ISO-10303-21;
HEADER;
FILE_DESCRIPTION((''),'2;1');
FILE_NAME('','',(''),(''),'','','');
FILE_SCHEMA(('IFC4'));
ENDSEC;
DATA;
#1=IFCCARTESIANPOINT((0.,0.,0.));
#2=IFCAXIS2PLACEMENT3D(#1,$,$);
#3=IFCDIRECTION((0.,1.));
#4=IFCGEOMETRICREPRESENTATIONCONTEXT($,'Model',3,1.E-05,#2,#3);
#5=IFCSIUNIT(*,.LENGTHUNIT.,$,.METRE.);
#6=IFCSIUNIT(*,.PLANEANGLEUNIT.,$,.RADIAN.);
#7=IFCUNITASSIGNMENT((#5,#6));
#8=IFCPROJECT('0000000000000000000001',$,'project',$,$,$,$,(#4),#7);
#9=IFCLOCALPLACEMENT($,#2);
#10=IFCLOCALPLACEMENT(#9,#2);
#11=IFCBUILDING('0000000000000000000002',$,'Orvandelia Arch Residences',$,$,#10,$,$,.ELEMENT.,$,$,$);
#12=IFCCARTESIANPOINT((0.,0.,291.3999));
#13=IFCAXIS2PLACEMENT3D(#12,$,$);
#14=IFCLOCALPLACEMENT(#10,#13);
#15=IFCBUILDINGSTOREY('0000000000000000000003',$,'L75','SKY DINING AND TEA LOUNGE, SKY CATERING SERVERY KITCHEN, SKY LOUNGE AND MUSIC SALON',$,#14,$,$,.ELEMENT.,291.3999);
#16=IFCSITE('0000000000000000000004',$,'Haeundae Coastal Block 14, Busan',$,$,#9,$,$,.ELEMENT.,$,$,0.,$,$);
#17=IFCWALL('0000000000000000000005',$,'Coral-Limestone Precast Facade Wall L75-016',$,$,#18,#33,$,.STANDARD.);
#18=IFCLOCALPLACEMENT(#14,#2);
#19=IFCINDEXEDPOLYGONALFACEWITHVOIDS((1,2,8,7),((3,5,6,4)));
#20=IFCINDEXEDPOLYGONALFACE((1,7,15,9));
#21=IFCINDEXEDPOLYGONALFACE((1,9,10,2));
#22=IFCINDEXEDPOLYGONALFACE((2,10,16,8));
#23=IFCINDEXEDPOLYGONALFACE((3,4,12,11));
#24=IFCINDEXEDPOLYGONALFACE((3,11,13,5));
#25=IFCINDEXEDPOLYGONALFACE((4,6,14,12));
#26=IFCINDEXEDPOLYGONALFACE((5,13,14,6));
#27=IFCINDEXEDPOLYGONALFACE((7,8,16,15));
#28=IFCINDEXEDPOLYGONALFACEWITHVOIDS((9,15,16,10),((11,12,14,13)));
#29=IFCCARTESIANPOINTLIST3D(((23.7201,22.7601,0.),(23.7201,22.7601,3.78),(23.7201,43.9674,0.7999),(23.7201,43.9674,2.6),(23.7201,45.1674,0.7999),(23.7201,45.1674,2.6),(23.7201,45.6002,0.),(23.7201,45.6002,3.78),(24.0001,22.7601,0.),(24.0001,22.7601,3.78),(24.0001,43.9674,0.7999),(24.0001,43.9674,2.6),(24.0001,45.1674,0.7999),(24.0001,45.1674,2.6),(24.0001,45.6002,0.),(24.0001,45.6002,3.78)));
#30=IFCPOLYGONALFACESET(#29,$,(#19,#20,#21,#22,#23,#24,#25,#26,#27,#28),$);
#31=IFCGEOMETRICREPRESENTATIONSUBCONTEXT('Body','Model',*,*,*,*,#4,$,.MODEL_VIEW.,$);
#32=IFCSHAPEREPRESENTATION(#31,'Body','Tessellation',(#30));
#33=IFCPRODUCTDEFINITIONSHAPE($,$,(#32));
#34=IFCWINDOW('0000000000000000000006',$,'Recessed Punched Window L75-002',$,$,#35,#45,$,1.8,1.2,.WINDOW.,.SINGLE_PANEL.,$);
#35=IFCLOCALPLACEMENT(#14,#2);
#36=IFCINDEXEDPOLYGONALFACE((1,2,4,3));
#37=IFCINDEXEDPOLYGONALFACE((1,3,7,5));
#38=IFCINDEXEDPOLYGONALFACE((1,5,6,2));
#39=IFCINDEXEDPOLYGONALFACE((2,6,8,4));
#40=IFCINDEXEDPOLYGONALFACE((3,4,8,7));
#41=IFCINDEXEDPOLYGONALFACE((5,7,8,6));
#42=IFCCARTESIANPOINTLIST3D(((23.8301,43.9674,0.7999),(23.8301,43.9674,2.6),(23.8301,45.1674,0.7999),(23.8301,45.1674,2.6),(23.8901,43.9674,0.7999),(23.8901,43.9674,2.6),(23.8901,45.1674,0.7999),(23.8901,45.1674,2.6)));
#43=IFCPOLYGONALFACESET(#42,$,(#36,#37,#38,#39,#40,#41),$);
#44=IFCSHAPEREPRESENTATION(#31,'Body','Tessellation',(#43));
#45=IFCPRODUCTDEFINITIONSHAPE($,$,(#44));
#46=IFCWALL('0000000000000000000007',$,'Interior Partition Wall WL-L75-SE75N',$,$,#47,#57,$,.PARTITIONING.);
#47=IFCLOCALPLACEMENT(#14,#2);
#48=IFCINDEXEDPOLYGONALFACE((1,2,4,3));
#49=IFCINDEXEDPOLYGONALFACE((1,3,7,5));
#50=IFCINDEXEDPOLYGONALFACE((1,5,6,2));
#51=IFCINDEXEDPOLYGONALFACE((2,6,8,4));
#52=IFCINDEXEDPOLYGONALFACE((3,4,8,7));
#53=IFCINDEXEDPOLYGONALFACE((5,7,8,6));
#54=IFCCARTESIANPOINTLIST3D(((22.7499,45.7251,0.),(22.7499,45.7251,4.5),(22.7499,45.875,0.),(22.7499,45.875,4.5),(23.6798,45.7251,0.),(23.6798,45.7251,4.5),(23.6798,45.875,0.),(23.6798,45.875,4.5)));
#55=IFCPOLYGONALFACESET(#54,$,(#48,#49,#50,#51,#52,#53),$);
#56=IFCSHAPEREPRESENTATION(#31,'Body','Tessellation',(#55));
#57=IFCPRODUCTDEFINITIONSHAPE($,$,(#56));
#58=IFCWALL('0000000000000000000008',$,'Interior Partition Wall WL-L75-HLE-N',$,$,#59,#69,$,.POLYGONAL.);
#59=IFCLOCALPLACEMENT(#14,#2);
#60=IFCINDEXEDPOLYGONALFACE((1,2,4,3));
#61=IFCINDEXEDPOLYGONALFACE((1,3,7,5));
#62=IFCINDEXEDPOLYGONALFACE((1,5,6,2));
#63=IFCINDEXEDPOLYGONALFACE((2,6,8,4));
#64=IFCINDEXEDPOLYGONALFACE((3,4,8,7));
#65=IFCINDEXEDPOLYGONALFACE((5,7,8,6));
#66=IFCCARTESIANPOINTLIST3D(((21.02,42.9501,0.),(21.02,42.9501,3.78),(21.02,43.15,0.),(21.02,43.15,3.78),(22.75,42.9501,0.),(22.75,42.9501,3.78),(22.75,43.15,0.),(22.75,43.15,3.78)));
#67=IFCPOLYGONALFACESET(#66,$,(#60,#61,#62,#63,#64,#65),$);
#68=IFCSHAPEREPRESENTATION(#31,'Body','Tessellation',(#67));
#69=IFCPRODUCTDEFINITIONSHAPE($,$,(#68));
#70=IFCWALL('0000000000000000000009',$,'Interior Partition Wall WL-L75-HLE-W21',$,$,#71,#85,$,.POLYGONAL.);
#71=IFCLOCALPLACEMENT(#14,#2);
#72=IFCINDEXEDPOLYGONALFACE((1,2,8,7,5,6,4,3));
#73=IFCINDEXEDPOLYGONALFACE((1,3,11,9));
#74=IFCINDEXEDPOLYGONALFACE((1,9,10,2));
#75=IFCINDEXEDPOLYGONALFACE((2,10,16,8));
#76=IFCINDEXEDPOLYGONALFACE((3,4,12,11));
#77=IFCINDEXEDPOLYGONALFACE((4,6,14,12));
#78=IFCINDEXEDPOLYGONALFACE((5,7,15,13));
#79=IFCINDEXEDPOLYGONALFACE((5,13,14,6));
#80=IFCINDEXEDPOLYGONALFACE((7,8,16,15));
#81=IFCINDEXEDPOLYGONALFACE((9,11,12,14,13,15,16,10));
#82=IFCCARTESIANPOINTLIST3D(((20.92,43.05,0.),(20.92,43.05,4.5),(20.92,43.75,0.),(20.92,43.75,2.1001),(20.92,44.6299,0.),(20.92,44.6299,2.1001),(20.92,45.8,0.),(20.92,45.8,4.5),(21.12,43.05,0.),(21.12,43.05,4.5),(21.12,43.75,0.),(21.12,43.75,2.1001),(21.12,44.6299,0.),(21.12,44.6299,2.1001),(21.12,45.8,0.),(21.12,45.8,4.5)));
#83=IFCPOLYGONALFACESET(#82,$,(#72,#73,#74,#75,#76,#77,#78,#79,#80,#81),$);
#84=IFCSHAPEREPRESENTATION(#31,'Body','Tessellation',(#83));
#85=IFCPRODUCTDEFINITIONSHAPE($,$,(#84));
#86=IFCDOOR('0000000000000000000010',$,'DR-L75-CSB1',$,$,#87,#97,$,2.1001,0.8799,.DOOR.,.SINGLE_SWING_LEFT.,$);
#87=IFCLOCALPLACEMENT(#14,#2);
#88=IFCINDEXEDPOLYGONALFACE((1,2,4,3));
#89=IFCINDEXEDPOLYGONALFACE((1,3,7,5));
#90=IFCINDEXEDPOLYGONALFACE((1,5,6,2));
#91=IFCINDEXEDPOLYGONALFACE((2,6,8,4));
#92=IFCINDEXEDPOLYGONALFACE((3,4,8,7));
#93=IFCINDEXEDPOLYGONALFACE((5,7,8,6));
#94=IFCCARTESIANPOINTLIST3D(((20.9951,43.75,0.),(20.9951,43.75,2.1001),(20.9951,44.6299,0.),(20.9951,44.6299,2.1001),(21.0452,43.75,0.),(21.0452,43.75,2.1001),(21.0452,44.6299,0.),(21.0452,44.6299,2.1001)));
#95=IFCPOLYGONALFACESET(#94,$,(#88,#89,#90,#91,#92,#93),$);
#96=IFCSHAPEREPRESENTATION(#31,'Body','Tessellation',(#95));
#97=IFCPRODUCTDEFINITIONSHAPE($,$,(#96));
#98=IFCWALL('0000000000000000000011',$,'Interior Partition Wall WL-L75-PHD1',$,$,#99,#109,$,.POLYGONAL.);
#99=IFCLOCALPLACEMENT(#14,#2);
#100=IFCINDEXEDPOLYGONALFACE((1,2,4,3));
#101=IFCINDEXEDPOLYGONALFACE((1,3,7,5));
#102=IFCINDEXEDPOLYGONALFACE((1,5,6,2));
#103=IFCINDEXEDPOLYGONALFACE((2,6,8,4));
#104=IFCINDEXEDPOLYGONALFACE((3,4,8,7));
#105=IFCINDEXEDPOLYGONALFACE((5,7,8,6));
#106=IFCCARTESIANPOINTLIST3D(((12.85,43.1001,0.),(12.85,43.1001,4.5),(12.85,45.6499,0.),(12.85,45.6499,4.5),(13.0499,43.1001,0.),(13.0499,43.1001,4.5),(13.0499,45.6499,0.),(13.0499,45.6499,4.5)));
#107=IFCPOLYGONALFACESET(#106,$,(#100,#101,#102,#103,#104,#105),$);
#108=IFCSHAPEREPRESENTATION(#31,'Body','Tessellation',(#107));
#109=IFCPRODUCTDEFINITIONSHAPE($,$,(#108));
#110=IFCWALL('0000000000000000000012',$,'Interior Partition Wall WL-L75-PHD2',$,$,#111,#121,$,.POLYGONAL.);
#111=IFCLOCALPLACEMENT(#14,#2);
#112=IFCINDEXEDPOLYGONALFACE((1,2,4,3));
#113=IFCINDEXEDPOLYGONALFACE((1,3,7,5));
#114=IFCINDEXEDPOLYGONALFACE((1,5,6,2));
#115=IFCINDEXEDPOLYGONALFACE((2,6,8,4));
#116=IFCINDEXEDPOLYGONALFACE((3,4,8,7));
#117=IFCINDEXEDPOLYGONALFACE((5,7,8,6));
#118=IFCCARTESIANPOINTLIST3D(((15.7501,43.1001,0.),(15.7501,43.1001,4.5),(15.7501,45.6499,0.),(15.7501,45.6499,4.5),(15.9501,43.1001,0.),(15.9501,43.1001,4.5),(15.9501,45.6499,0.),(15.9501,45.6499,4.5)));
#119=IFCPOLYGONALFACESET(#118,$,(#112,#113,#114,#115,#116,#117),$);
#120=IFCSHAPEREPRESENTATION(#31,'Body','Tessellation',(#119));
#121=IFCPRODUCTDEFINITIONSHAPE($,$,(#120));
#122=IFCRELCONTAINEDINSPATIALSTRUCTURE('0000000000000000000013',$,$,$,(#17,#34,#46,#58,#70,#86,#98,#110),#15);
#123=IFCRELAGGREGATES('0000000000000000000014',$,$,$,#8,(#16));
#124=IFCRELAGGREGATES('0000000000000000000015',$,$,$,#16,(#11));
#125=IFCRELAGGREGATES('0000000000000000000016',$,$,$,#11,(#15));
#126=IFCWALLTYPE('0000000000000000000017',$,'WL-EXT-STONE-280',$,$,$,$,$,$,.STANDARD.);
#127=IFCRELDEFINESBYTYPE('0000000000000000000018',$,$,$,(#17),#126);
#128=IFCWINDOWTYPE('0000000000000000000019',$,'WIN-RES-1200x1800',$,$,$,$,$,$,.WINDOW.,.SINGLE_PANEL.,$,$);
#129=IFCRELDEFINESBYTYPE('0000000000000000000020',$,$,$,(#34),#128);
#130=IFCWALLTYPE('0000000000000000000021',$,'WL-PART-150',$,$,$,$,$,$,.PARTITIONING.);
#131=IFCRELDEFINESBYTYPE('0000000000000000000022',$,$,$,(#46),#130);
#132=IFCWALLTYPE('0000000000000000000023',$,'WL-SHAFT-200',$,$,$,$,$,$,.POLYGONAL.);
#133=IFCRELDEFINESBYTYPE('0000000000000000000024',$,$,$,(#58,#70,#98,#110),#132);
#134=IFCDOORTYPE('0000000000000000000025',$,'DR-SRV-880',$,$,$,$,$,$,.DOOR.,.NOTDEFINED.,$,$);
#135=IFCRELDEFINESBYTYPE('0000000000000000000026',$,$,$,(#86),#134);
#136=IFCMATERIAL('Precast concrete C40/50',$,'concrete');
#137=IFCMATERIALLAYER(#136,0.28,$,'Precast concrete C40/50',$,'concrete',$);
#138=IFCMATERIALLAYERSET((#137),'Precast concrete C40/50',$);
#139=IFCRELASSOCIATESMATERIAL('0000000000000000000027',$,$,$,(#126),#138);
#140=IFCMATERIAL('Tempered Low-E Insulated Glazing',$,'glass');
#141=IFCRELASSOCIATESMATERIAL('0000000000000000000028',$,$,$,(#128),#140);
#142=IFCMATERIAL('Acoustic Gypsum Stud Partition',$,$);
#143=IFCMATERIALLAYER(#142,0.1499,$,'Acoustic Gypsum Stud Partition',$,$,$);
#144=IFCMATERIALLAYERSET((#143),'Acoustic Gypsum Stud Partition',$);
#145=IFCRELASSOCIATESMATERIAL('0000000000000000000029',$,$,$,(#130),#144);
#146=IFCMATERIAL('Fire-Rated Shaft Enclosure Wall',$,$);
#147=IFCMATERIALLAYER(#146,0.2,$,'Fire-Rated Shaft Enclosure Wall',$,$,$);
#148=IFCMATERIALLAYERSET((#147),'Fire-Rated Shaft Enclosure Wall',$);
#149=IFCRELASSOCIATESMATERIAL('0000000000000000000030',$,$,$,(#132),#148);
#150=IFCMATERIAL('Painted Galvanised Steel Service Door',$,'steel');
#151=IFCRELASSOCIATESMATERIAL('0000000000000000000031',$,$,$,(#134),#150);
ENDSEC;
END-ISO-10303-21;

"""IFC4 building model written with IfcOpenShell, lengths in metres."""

from ifc_helpers import new_model, si_unit, direction, frame, frame_2d, origin, place, context, subcontext, project, spatial, rectangle, extrude, material, layer, layer_set, type_object, element, fill, save


model = new_model("IFC4")

# Units and contexts
model_context = context("Model", 3, precision=1e-05, world=origin(), true_north=direction((0.0, 1.0)))
body_context = subcontext(model_context, "Body", "Model", "MODEL_VIEW")
ifc_project = project(units=[si_unit("LENGTHUNIT", "METRE"), si_unit("PLANEANGLEUNIT", "RADIAN")], contexts=[model_context])

# Site, building, storey
site_placement = place(None, origin())
site = spatial("IfcSite", under=ifc_project, at=site_placement, Name="Haeundae Coastal Block 14, Busan", CompositionType="ELEMENT", RefElevation=0.0)
building_placement = place(site_placement, origin())
building = spatial("IfcBuilding", under=site, at=building_placement, Name="Orvandelia Arch Residences", CompositionType="ELEMENT")
storey_placement = place(building_placement, frame((0.0, 0.0, 291.3999)))
storey = spatial("IfcBuildingStorey", under=building, at=storey_placement, Name="L75", Description="SKY DINING AND TEA LOUNGE, SKY CATERING SERVERY KITCHEN, SKY LOUNGE AND MUSIC SALON", CompositionType="ELEMENT", Elevation=291.3999)

# Shared definitions
ifc_material_1 = material(Name="Precast concrete C40/50", Category="concrete")
ifc_layer_1 = layer(ifc_material_1, 0.28, Name="Precast concrete C40/50", Category="concrete")
ifc_layer_set_1 = layer_set([ifc_layer_1], Name="Precast concrete C40/50")
wall_type_1 = type_object("IfcWallType", Name="WL-EXT-STONE-280", PredefinedType="STANDARD", material=ifc_layer_set_1)

# Wall, opening, window
wall_1_placement = place(storey_placement, frame((23.8601, 45.6001, 0.0), z_axis=(0.0, 0.0, 1.0), x_axis=(0.0, -1.0, 0.0)))
wall_1 = element("IfcWall", 1, at=wall_1_placement, inside=storey, type_object=wall_type_1, Name="Coral-Limestone Precast Facade Wall L75-016", PredefinedType="STANDARD", context=body_context, shape_type="SweptSolid", body=[
    extrude(rectangle(XDim=22.8401, YDim=0.28, at=frame_2d((11.4199, 0.0))), origin(), (0.0, 0.0, 1.0), 3.78),
])
opening_1_placement = place(wall_1_placement, frame((0.4326, 0.0, 0.8)))
opening_1 = element("IfcOpeningElement", 2, at=opening_1_placement, cuts=wall_1, PredefinedType="OPENING", context=body_context, shape_type="SweptSolid", body=[
    extrude(rectangle(XDim=1.2, YDim=1.8, at=frame_2d((0.6001, 0.8999))), frame((0.0, 0.1499, 0.0), z_axis=(0.0, -1.0, 0.0), x_axis=(1.0, 0.0, 0.0)), (0.0, 0.0, 1.0), 0.3),
])
ifc_material_2 = material(Name="Tempered Low-E Insulated Glazing", Category="glass")
window_type = type_object("IfcWindowType", Name="WIN-RES-1200x1800", PartitioningType="SINGLE_PANEL", PredefinedType="WINDOW", material=ifc_material_2)
window_placement = place(opening_1_placement, origin())
window = element("IfcWindow", 3, at=window_placement, inside=storey, type_object=window_type, Name="Recessed Punched Window L75-002", OverallHeight=1.8, OverallWidth=1.2, PartitioningType="SINGLE_PANEL", PredefinedType="WINDOW", context=body_context, shape_type="SweptSolid", body=[
    extrude(rectangle(XDim=1.2, YDim=1.8, at=frame_2d((0.6001, 0.8999))), frame((0.0, 0.03, 0.0), z_axis=(0.0, -1.0, 0.0), x_axis=(1.0, 0.0, 0.0)), (0.0, 0.0, 1.0), 0.0601),
])
fill(opening_1, window)

# Walls
ifc_material_3 = material(Name="Acoustic Gypsum Stud Partition")
ifc_layer_2 = layer(ifc_material_3, 0.1499, Name="Acoustic Gypsum Stud Partition")
ifc_layer_set_2 = layer_set([ifc_layer_2], Name="Acoustic Gypsum Stud Partition")
wall_type_2 = type_object("IfcWallType", Name="WL-PART-150", PredefinedType="PARTITIONING", material=ifc_layer_set_2)
wall_2_placement = place(storey_placement, frame((22.75, 45.8, 0.0), z_axis=(0.0, 0.0, 1.0), x_axis=(1.0, 0.0, 0.0)))
element("IfcWall", 4, at=wall_2_placement, inside=storey, type_object=wall_type_2, Name="Interior Partition Wall WL-L75-SE75N", PredefinedType="PARTITIONING", context=body_context, shape_type="SweptSolid", body=[
    extrude(rectangle(XDim=0.9299, YDim=0.1499, at=frame_2d((0.4648, 0.0))), origin(), (0.0, 0.0, 1.0), 4.5),
])
ifc_material_4 = material(Name="Fire-Rated Shaft Enclosure Wall")
ifc_layer_3 = layer(ifc_material_4, 0.2, Name="Fire-Rated Shaft Enclosure Wall")
ifc_layer_set_3 = layer_set([ifc_layer_3], Name="Fire-Rated Shaft Enclosure Wall")
wall_type_3 = type_object("IfcWallType", Name="WL-SHAFT-200", PredefinedType="POLYGONAL", material=ifc_layer_set_3)
wall_3_placement = place(storey_placement, frame((21.02, 43.05, 0.0), z_axis=(0.0, 0.0, 1.0), x_axis=(1.0, 0.0, 0.0)))
element("IfcWall", 5, at=wall_3_placement, inside=storey, type_object=wall_type_3, Name="Interior Partition Wall WL-L75-HLE-N", PredefinedType="POLYGONAL", context=body_context, shape_type="SweptSolid", body=[
    extrude(rectangle(XDim=1.73, YDim=0.2, at=frame_2d((0.865, 0.0))), origin(), (0.0, 0.0, 1.0), 3.78),
])

# Wall, opening, door
wall_4_placement = place(storey_placement, frame((21.02, 43.05, 0.0), z_axis=(0.0, 0.0, 1.0), x_axis=(0.0, 1.0, 0.0)))
wall_4 = element("IfcWall", 6, at=wall_4_placement, inside=storey, type_object=wall_type_3, Name="Interior Partition Wall WL-L75-HLE-W21", PredefinedType="POLYGONAL", context=body_context, shape_type="SweptSolid", body=[
    extrude(rectangle(XDim=2.75, YDim=0.2, at=frame_2d((1.375, 0.0))), origin(), (0.0, 0.0, 1.0), 4.5),
])
opening_2_placement = place(wall_4_placement, frame((0.7, 0.0, 0.0)))
opening_2 = element("IfcOpeningElement", 7, at=opening_2_placement, cuts=wall_4, PredefinedType="OPENING", context=body_context, shape_type="SweptSolid", body=[
    extrude(rectangle(XDim=0.8799, YDim=2.1001, at=frame_2d((0.4399, 1.05))), frame((0.0, 0.1099, 0.0), z_axis=(0.0, -1.0, 0.0), x_axis=(1.0, 0.0, 0.0)), (0.0, 0.0, 1.0), 0.22),
])
ifc_material_5 = material(Name="Painted Galvanised Steel Service Door", Category="steel")
door_type_1 = type_object("IfcDoorType", Name="DR-SRV-880", OperationType="NOTDEFINED", PredefinedType="DOOR", material=ifc_material_5)
door_1_placement = place(opening_2_placement, origin())
door_1 = element("IfcDoor", 8, at=door_1_placement, inside=storey, type_object=door_type_1, Name="DR-L75-CSB1", OperationType="SINGLE_SWING_LEFT", OverallHeight=2.1001, OverallWidth=0.8799, PredefinedType="DOOR", context=body_context, shape_type="SweptSolid", body=[
    extrude(rectangle(XDim=0.8799, YDim=2.1001, at=frame_2d((0.4399, 1.05))), frame((0.0, 0.0249, 0.0), z_axis=(0.0, -1.0, 0.0), x_axis=(1.0, 0.0, 0.0)), (0.0, 0.0, 1.0), 0.05),
])
fill(opening_2, door_1)

# Walls
for number, where, z_axis, x_axis, name in (
    (9, (12.95, 43.1001, 0.0), (0.0, 0.0, 1.0), (0.0, 1.0, 0.0), "Interior Partition Wall WL-L75-PHD1"),
    (10, (15.8501, 43.1001, 0.0), (0.0, 0.0, 1.0), (0.0, 1.0, 0.0), "Interior Partition Wall WL-L75-PHD2"),
):
    element("IfcWall", number, at=place(storey_placement, frame(where, z_axis=z_axis, x_axis=x_axis)), inside=storey, type_object=wall_type_3, Name=name, PredefinedType="POLYGONAL", context=body_context, shape_type="SweptSolid", body=[
        extrude(rectangle(XDim=2.5498, YDim=0.2, at=frame_2d((1.2749, 0.0))), origin(), (0.0, 0.0, 1.0), 4.5),
    ])

save(model, "model.ifc")
